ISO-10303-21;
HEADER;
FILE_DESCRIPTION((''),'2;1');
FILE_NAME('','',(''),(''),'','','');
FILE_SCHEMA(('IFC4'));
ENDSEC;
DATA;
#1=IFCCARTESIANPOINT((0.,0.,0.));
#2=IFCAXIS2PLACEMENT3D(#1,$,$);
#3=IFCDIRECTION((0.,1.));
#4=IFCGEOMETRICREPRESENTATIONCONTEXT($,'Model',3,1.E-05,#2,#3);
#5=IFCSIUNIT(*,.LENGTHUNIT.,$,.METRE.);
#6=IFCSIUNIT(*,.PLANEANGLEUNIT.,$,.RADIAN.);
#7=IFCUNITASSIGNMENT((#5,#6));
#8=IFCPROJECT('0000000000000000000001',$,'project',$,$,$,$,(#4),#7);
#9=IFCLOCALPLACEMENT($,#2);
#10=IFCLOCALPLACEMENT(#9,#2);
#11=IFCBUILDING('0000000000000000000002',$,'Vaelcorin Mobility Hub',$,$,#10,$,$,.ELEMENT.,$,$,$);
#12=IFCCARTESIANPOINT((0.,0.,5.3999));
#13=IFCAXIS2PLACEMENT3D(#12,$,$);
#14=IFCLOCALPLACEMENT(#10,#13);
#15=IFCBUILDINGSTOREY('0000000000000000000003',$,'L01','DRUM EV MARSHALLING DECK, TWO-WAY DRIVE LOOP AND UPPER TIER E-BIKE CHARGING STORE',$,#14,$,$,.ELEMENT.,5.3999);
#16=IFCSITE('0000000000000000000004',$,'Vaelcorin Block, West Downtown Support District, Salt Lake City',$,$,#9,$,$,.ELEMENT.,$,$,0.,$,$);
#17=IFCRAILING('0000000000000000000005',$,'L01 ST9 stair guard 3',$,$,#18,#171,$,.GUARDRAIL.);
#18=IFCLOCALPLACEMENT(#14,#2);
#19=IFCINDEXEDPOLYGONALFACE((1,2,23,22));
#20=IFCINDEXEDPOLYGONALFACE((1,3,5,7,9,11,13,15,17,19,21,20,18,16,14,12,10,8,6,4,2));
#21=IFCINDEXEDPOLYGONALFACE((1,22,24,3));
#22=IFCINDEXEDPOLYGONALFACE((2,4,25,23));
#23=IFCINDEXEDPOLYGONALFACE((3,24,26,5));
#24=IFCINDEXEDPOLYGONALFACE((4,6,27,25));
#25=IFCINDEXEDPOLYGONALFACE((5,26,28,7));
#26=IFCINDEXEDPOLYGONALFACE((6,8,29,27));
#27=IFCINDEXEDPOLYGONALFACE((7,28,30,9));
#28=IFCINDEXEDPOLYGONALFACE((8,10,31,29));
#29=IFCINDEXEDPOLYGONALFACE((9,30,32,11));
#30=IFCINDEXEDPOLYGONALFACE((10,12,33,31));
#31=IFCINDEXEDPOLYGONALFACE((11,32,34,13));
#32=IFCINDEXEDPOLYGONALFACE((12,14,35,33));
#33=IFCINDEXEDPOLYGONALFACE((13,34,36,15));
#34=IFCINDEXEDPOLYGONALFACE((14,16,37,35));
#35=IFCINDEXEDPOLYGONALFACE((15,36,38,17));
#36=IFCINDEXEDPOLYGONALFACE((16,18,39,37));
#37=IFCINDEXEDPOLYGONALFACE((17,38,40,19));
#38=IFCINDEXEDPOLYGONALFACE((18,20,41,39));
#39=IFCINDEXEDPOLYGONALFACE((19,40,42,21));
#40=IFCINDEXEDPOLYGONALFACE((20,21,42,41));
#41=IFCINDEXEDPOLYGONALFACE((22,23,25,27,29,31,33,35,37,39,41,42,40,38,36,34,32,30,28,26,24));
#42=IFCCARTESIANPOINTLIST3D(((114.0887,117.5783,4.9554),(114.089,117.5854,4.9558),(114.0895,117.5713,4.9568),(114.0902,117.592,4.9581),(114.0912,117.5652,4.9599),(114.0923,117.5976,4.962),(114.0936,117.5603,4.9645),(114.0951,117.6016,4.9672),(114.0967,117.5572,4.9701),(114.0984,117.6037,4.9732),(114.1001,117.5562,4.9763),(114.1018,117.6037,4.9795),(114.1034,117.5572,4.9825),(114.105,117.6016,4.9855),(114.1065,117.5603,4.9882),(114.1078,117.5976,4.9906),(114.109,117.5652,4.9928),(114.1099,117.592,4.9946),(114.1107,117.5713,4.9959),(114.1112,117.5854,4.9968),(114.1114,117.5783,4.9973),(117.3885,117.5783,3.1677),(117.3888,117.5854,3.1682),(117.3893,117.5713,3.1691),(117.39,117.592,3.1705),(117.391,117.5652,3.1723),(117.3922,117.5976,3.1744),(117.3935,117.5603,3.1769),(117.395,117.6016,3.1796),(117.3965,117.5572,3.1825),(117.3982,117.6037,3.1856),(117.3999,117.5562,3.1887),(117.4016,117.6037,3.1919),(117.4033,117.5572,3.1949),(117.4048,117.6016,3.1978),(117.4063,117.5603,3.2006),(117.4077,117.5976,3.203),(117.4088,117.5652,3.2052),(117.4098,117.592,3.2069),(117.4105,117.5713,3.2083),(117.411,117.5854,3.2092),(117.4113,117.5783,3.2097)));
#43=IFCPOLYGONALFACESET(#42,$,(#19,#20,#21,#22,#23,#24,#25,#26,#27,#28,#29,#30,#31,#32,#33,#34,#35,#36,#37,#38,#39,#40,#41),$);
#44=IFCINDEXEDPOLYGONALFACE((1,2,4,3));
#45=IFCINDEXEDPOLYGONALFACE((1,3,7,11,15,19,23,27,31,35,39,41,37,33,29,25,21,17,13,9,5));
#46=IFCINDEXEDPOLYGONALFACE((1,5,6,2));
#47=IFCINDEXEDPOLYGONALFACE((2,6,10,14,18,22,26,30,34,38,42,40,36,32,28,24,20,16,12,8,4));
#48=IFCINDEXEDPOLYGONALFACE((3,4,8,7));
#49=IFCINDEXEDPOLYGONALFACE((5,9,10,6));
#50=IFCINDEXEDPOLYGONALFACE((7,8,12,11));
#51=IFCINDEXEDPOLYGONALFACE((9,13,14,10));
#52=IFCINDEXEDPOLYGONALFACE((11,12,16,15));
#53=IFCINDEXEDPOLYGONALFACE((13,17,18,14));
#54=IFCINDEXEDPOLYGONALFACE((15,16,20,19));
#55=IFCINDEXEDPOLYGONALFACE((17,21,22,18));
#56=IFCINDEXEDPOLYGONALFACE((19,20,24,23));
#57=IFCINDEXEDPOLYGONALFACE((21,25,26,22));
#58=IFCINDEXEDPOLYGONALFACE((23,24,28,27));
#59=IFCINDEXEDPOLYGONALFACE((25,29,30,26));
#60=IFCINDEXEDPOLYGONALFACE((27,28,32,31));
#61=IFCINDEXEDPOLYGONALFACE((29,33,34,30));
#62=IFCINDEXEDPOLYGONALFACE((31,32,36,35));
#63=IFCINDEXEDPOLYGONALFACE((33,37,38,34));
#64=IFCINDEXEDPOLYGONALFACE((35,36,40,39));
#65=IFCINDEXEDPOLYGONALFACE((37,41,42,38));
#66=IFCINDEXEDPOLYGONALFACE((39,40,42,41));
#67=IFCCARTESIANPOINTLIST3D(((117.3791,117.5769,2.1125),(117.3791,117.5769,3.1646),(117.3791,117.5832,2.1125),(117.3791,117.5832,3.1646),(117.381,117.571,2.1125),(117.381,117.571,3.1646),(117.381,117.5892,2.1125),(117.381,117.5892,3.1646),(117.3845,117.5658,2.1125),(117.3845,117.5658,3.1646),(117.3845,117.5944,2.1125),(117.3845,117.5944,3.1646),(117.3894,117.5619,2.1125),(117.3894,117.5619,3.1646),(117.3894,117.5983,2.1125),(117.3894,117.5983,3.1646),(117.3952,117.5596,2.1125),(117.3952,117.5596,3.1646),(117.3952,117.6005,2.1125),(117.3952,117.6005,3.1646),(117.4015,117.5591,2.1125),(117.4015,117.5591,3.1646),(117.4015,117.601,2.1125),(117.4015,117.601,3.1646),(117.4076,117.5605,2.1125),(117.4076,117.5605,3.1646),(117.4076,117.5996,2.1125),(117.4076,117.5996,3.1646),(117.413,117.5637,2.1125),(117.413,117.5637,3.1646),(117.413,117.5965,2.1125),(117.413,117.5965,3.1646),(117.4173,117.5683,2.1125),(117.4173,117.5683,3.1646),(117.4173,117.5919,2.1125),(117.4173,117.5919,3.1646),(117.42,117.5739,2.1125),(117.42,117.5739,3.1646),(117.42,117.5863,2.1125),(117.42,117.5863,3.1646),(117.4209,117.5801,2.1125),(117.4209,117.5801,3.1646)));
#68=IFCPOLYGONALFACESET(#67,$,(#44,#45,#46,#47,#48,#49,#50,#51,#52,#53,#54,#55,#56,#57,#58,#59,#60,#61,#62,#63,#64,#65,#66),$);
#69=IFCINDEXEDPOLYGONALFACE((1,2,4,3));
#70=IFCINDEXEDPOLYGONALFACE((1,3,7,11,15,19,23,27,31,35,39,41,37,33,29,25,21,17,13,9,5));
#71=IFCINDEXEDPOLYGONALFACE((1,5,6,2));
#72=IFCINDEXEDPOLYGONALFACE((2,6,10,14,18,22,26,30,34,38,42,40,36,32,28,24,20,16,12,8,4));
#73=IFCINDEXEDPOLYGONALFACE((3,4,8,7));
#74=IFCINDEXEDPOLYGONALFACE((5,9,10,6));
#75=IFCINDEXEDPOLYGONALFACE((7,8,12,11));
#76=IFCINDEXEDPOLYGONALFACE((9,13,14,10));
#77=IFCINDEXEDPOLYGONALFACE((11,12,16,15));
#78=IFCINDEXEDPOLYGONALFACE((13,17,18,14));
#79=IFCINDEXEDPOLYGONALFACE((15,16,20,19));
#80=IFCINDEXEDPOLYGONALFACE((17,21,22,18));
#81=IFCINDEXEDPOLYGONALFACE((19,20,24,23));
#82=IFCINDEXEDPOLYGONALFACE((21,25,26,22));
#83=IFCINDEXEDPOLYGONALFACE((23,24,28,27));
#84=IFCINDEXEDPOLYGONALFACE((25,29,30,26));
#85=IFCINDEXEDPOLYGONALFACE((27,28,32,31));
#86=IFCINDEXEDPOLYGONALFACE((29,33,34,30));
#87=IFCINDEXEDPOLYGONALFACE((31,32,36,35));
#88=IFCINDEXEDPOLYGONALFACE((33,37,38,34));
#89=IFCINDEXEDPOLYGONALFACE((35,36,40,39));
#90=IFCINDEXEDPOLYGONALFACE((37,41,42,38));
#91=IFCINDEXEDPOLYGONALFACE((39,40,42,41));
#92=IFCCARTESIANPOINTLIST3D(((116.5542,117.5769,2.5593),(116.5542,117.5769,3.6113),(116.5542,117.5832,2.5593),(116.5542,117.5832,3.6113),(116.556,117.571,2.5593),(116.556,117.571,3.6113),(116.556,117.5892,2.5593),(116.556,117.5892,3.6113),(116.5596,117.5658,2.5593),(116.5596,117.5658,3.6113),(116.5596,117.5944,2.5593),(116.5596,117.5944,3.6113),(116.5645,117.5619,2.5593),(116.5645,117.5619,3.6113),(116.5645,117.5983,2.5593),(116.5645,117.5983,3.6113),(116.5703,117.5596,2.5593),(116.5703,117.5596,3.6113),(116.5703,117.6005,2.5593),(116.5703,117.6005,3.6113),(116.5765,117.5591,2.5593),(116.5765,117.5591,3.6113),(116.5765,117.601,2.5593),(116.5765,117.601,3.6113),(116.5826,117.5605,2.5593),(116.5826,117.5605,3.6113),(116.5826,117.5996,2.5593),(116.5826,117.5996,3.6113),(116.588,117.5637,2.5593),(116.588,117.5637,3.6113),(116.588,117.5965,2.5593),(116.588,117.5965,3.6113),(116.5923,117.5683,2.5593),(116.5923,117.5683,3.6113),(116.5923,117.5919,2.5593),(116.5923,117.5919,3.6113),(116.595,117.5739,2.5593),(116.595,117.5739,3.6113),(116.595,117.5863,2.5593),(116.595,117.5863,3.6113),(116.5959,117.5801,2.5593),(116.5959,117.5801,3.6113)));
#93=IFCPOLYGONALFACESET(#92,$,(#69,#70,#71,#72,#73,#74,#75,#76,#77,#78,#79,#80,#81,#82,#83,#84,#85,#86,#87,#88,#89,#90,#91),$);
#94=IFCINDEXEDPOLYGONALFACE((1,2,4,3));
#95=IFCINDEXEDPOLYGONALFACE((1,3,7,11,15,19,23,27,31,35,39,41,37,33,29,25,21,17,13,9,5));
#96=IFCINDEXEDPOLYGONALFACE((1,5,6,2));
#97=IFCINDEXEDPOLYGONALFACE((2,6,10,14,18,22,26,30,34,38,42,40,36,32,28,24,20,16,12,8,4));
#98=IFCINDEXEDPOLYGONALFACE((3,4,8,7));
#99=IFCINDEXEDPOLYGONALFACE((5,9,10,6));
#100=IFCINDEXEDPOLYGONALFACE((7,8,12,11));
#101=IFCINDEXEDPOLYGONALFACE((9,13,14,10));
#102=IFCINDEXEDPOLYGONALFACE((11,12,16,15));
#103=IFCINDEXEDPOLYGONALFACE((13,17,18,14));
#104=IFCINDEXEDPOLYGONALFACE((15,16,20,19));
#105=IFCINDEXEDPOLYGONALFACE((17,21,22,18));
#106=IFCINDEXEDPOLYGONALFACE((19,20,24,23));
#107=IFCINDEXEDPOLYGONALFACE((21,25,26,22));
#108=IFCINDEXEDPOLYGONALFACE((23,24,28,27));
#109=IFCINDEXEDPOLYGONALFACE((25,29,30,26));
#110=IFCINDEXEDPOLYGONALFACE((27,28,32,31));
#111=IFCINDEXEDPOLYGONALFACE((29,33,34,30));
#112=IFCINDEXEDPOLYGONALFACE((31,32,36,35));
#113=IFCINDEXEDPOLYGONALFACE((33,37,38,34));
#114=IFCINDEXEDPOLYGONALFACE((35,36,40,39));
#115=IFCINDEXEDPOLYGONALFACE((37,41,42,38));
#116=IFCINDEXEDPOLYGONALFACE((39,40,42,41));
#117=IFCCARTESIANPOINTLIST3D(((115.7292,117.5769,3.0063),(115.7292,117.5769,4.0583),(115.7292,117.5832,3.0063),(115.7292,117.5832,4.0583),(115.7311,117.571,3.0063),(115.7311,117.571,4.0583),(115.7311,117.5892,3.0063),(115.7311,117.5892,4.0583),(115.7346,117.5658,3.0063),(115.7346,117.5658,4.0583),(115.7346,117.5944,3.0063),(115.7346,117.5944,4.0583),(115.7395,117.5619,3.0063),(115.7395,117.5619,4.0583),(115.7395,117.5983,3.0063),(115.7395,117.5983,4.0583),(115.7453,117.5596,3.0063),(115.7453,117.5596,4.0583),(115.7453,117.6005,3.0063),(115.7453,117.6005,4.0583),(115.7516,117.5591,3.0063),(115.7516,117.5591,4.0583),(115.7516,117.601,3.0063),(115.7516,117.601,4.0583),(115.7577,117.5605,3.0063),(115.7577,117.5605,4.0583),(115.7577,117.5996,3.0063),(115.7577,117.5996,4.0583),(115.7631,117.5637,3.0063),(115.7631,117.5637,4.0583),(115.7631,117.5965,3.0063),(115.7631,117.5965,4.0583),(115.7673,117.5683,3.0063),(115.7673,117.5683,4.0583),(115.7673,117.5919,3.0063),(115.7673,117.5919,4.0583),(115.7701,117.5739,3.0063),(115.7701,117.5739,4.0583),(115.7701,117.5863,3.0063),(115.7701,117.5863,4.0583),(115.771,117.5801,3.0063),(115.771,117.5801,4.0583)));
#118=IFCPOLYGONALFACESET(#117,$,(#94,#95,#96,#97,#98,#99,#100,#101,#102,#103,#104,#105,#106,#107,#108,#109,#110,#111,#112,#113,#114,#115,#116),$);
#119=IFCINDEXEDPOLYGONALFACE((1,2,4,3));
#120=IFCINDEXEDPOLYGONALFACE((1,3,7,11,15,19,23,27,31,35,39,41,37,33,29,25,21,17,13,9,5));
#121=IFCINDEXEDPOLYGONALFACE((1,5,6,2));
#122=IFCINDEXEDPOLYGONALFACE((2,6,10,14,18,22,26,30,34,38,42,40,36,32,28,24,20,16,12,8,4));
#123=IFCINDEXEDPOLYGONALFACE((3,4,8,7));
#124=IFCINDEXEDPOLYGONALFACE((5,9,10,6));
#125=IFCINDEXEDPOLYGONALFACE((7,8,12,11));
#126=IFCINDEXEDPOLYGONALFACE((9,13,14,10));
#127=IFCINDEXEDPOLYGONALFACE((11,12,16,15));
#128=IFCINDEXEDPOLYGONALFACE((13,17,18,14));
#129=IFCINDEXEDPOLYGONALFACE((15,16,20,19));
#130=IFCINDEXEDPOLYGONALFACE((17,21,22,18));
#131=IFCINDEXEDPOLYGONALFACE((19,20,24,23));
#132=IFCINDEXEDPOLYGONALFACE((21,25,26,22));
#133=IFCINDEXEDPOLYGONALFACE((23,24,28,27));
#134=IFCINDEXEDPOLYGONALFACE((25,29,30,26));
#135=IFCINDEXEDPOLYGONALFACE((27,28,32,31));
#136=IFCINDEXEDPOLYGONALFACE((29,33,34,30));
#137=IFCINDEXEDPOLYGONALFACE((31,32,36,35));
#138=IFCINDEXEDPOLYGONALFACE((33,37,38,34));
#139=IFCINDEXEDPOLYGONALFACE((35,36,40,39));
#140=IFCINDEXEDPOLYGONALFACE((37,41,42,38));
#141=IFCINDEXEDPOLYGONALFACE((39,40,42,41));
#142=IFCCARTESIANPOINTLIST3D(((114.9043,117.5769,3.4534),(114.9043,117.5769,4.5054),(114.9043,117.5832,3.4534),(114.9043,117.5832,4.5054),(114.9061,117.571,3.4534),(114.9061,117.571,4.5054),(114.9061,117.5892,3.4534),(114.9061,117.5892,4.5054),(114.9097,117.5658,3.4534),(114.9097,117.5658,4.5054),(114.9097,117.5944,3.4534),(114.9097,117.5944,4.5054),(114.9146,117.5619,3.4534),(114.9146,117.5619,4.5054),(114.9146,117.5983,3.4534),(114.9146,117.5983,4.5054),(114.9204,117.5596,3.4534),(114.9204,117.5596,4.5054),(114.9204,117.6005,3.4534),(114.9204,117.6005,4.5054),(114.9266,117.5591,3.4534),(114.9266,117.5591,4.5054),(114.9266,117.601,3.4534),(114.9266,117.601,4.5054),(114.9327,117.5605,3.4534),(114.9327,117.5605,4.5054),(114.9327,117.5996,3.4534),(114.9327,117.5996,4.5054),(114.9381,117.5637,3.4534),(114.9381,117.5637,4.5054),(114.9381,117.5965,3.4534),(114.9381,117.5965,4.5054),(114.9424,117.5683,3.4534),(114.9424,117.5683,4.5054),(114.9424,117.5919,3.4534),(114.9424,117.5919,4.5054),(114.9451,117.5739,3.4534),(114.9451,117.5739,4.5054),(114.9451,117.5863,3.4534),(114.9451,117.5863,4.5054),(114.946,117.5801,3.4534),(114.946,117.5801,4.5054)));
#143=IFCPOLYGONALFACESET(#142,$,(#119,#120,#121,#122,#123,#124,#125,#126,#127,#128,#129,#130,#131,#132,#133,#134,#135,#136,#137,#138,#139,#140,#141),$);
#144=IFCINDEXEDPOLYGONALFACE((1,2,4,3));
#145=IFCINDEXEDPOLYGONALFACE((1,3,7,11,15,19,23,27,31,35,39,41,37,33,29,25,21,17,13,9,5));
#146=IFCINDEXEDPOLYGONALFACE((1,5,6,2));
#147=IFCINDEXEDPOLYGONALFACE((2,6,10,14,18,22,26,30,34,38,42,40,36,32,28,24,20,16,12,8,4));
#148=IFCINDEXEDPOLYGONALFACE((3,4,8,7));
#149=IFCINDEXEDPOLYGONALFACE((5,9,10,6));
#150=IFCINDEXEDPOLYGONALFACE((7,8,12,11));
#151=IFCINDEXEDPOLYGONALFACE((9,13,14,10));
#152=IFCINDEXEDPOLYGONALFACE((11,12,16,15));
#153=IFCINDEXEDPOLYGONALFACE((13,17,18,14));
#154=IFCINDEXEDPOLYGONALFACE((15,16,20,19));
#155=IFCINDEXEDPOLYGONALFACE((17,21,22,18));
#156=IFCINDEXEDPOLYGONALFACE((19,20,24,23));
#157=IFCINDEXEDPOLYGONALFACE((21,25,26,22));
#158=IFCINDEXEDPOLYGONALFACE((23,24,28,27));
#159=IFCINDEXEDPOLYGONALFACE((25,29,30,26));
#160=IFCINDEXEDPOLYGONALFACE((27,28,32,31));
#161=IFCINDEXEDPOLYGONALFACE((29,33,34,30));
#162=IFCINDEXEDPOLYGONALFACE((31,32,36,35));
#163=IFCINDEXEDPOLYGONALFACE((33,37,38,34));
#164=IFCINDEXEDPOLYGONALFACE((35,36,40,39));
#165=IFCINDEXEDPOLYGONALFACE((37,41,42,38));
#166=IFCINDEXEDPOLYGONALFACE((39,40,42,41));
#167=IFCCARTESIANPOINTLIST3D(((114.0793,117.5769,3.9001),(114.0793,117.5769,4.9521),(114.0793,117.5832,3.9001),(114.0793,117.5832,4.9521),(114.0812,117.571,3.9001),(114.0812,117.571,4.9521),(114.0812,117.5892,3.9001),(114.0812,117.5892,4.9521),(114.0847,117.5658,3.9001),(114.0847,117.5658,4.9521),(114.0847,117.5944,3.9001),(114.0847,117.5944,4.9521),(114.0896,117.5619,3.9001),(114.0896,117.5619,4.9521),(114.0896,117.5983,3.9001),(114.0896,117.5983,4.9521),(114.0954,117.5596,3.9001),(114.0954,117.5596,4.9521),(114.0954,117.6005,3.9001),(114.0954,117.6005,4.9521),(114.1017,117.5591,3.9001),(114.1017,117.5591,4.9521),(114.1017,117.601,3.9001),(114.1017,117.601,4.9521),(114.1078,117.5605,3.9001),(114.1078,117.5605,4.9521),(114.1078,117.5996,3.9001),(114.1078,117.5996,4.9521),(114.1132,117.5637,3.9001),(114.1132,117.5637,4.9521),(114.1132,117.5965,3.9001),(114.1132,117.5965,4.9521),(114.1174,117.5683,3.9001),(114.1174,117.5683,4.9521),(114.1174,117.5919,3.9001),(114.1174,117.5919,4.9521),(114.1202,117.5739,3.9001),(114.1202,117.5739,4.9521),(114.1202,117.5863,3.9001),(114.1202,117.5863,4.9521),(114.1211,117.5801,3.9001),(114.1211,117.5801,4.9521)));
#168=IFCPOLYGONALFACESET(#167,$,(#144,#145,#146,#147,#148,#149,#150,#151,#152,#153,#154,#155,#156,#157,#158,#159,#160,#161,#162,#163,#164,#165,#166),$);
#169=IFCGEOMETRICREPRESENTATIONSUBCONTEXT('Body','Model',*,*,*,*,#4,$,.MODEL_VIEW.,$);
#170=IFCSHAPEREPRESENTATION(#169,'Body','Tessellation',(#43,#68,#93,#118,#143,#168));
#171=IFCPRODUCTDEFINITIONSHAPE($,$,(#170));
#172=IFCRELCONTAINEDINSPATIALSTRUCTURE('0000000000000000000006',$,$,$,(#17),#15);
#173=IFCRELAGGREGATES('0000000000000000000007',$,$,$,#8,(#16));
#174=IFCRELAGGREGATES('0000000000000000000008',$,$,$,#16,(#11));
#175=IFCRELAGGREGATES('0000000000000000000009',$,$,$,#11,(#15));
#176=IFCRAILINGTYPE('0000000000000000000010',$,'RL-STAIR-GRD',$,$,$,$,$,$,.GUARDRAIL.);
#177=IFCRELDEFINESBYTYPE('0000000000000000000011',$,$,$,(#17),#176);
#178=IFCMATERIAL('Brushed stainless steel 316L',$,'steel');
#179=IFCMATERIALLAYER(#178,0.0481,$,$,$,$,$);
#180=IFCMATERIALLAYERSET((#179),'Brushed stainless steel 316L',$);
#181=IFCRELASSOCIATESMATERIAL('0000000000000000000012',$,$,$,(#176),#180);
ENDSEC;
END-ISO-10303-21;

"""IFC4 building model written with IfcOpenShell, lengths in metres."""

from ifc_helpers import new_model, si_unit, direction, frame, origin, origin_2d, place, context, subcontext, project, spatial, circle, extrude, material, layer, layer_set, type_object, element, save


model = new_model("IFC4")

# Units and contexts
model_context = context("Model", 3, precision=1e-05, world=origin(), true_north=direction((0.0, 1.0)))
body_context = subcontext(model_context, "Body", "Model", "MODEL_VIEW")
ifc_project = project(units=[si_unit("LENGTHUNIT", "METRE"), si_unit("PLANEANGLEUNIT", "RADIAN")], contexts=[model_context])

# Site, building, storey
site_placement = place(None, origin())
site = spatial("IfcSite", under=ifc_project, at=site_placement, Name="Vaelcorin Block, West Downtown Support District, Salt Lake City", CompositionType="ELEMENT", RefElevation=0.0)
building_placement = place(site_placement, origin())
building = spatial("IfcBuilding", under=site, at=building_placement, Name="Vaelcorin Mobility Hub", CompositionType="ELEMENT")
storey_placement = place(building_placement, frame((0.0, 0.0, 5.3999)))
storey = spatial("IfcBuildingStorey", under=building, at=storey_placement, Name="L01", Description="DRUM EV MARSHALLING DECK, TWO-WAY DRIVE LOOP AND UPPER TIER E-BIKE CHARGING STORE", CompositionType="ELEMENT", Elevation=5.3999)

# Railing
ifc_material_1 = material(Name="Brushed stainless steel 316L", Category="steel")
ifc_layer_1 = layer(ifc_material_1, 0.0481)
ifc_layer_set_1 = layer_set([ifc_layer_1], Name="Brushed stainless steel 316L")
railing_type_1 = type_object("IfcRailingType", Name="RL-STAIR-GRD", PredefinedType="GUARDRAIL", material=ifc_layer_set_1)
railing_1_placement = place(storey_placement, frame((117.3999, 117.5801, 2.1125)))
element("IfcRailing", 1, at=railing_1_placement, inside=storey, type_object=railing_type_1, Name="L01 ST9 stair guard 3", PredefinedType="GUARDRAIL", context=body_context, shape_type="SweptSolid", body=[
    extrude(circle(Radius=0.0239, at=origin_2d()), frame((0.0, 0.0, 1.0762), z_axis=(-0.879269, 0.0, 0.476325), x_axis=(0.0, -1.0, 0.0)), (0.0, 0.0, 1.0), 3.7529),
    extrude(circle(Radius=0.021, at=origin_2d()), origin(), (0.0, 0.0, 1.0), 1.052),
    extrude(circle(Radius=0.021, at=origin_2d()), frame((-0.825, 0.0, 0.4468)), (0.0, 0.0, 1.0), 1.052),
    extrude(circle(Radius=0.021, at=origin_2d()), frame((-1.6499, 0.0, 0.8938)), (0.0, 0.0, 1.0), 1.052),
    extrude(circle(Radius=0.021, at=origin_2d()), frame((-2.4749, 0.0, 1.3408)), (0.0, 0.0, 1.0), 1.052),
    extrude(circle(Radius=0.021, at=origin_2d()), frame((-3.2998, 0.0, 1.7876)), (0.0, 0.0, 1.0), 1.052),
])

save(model, "model.ifc")
